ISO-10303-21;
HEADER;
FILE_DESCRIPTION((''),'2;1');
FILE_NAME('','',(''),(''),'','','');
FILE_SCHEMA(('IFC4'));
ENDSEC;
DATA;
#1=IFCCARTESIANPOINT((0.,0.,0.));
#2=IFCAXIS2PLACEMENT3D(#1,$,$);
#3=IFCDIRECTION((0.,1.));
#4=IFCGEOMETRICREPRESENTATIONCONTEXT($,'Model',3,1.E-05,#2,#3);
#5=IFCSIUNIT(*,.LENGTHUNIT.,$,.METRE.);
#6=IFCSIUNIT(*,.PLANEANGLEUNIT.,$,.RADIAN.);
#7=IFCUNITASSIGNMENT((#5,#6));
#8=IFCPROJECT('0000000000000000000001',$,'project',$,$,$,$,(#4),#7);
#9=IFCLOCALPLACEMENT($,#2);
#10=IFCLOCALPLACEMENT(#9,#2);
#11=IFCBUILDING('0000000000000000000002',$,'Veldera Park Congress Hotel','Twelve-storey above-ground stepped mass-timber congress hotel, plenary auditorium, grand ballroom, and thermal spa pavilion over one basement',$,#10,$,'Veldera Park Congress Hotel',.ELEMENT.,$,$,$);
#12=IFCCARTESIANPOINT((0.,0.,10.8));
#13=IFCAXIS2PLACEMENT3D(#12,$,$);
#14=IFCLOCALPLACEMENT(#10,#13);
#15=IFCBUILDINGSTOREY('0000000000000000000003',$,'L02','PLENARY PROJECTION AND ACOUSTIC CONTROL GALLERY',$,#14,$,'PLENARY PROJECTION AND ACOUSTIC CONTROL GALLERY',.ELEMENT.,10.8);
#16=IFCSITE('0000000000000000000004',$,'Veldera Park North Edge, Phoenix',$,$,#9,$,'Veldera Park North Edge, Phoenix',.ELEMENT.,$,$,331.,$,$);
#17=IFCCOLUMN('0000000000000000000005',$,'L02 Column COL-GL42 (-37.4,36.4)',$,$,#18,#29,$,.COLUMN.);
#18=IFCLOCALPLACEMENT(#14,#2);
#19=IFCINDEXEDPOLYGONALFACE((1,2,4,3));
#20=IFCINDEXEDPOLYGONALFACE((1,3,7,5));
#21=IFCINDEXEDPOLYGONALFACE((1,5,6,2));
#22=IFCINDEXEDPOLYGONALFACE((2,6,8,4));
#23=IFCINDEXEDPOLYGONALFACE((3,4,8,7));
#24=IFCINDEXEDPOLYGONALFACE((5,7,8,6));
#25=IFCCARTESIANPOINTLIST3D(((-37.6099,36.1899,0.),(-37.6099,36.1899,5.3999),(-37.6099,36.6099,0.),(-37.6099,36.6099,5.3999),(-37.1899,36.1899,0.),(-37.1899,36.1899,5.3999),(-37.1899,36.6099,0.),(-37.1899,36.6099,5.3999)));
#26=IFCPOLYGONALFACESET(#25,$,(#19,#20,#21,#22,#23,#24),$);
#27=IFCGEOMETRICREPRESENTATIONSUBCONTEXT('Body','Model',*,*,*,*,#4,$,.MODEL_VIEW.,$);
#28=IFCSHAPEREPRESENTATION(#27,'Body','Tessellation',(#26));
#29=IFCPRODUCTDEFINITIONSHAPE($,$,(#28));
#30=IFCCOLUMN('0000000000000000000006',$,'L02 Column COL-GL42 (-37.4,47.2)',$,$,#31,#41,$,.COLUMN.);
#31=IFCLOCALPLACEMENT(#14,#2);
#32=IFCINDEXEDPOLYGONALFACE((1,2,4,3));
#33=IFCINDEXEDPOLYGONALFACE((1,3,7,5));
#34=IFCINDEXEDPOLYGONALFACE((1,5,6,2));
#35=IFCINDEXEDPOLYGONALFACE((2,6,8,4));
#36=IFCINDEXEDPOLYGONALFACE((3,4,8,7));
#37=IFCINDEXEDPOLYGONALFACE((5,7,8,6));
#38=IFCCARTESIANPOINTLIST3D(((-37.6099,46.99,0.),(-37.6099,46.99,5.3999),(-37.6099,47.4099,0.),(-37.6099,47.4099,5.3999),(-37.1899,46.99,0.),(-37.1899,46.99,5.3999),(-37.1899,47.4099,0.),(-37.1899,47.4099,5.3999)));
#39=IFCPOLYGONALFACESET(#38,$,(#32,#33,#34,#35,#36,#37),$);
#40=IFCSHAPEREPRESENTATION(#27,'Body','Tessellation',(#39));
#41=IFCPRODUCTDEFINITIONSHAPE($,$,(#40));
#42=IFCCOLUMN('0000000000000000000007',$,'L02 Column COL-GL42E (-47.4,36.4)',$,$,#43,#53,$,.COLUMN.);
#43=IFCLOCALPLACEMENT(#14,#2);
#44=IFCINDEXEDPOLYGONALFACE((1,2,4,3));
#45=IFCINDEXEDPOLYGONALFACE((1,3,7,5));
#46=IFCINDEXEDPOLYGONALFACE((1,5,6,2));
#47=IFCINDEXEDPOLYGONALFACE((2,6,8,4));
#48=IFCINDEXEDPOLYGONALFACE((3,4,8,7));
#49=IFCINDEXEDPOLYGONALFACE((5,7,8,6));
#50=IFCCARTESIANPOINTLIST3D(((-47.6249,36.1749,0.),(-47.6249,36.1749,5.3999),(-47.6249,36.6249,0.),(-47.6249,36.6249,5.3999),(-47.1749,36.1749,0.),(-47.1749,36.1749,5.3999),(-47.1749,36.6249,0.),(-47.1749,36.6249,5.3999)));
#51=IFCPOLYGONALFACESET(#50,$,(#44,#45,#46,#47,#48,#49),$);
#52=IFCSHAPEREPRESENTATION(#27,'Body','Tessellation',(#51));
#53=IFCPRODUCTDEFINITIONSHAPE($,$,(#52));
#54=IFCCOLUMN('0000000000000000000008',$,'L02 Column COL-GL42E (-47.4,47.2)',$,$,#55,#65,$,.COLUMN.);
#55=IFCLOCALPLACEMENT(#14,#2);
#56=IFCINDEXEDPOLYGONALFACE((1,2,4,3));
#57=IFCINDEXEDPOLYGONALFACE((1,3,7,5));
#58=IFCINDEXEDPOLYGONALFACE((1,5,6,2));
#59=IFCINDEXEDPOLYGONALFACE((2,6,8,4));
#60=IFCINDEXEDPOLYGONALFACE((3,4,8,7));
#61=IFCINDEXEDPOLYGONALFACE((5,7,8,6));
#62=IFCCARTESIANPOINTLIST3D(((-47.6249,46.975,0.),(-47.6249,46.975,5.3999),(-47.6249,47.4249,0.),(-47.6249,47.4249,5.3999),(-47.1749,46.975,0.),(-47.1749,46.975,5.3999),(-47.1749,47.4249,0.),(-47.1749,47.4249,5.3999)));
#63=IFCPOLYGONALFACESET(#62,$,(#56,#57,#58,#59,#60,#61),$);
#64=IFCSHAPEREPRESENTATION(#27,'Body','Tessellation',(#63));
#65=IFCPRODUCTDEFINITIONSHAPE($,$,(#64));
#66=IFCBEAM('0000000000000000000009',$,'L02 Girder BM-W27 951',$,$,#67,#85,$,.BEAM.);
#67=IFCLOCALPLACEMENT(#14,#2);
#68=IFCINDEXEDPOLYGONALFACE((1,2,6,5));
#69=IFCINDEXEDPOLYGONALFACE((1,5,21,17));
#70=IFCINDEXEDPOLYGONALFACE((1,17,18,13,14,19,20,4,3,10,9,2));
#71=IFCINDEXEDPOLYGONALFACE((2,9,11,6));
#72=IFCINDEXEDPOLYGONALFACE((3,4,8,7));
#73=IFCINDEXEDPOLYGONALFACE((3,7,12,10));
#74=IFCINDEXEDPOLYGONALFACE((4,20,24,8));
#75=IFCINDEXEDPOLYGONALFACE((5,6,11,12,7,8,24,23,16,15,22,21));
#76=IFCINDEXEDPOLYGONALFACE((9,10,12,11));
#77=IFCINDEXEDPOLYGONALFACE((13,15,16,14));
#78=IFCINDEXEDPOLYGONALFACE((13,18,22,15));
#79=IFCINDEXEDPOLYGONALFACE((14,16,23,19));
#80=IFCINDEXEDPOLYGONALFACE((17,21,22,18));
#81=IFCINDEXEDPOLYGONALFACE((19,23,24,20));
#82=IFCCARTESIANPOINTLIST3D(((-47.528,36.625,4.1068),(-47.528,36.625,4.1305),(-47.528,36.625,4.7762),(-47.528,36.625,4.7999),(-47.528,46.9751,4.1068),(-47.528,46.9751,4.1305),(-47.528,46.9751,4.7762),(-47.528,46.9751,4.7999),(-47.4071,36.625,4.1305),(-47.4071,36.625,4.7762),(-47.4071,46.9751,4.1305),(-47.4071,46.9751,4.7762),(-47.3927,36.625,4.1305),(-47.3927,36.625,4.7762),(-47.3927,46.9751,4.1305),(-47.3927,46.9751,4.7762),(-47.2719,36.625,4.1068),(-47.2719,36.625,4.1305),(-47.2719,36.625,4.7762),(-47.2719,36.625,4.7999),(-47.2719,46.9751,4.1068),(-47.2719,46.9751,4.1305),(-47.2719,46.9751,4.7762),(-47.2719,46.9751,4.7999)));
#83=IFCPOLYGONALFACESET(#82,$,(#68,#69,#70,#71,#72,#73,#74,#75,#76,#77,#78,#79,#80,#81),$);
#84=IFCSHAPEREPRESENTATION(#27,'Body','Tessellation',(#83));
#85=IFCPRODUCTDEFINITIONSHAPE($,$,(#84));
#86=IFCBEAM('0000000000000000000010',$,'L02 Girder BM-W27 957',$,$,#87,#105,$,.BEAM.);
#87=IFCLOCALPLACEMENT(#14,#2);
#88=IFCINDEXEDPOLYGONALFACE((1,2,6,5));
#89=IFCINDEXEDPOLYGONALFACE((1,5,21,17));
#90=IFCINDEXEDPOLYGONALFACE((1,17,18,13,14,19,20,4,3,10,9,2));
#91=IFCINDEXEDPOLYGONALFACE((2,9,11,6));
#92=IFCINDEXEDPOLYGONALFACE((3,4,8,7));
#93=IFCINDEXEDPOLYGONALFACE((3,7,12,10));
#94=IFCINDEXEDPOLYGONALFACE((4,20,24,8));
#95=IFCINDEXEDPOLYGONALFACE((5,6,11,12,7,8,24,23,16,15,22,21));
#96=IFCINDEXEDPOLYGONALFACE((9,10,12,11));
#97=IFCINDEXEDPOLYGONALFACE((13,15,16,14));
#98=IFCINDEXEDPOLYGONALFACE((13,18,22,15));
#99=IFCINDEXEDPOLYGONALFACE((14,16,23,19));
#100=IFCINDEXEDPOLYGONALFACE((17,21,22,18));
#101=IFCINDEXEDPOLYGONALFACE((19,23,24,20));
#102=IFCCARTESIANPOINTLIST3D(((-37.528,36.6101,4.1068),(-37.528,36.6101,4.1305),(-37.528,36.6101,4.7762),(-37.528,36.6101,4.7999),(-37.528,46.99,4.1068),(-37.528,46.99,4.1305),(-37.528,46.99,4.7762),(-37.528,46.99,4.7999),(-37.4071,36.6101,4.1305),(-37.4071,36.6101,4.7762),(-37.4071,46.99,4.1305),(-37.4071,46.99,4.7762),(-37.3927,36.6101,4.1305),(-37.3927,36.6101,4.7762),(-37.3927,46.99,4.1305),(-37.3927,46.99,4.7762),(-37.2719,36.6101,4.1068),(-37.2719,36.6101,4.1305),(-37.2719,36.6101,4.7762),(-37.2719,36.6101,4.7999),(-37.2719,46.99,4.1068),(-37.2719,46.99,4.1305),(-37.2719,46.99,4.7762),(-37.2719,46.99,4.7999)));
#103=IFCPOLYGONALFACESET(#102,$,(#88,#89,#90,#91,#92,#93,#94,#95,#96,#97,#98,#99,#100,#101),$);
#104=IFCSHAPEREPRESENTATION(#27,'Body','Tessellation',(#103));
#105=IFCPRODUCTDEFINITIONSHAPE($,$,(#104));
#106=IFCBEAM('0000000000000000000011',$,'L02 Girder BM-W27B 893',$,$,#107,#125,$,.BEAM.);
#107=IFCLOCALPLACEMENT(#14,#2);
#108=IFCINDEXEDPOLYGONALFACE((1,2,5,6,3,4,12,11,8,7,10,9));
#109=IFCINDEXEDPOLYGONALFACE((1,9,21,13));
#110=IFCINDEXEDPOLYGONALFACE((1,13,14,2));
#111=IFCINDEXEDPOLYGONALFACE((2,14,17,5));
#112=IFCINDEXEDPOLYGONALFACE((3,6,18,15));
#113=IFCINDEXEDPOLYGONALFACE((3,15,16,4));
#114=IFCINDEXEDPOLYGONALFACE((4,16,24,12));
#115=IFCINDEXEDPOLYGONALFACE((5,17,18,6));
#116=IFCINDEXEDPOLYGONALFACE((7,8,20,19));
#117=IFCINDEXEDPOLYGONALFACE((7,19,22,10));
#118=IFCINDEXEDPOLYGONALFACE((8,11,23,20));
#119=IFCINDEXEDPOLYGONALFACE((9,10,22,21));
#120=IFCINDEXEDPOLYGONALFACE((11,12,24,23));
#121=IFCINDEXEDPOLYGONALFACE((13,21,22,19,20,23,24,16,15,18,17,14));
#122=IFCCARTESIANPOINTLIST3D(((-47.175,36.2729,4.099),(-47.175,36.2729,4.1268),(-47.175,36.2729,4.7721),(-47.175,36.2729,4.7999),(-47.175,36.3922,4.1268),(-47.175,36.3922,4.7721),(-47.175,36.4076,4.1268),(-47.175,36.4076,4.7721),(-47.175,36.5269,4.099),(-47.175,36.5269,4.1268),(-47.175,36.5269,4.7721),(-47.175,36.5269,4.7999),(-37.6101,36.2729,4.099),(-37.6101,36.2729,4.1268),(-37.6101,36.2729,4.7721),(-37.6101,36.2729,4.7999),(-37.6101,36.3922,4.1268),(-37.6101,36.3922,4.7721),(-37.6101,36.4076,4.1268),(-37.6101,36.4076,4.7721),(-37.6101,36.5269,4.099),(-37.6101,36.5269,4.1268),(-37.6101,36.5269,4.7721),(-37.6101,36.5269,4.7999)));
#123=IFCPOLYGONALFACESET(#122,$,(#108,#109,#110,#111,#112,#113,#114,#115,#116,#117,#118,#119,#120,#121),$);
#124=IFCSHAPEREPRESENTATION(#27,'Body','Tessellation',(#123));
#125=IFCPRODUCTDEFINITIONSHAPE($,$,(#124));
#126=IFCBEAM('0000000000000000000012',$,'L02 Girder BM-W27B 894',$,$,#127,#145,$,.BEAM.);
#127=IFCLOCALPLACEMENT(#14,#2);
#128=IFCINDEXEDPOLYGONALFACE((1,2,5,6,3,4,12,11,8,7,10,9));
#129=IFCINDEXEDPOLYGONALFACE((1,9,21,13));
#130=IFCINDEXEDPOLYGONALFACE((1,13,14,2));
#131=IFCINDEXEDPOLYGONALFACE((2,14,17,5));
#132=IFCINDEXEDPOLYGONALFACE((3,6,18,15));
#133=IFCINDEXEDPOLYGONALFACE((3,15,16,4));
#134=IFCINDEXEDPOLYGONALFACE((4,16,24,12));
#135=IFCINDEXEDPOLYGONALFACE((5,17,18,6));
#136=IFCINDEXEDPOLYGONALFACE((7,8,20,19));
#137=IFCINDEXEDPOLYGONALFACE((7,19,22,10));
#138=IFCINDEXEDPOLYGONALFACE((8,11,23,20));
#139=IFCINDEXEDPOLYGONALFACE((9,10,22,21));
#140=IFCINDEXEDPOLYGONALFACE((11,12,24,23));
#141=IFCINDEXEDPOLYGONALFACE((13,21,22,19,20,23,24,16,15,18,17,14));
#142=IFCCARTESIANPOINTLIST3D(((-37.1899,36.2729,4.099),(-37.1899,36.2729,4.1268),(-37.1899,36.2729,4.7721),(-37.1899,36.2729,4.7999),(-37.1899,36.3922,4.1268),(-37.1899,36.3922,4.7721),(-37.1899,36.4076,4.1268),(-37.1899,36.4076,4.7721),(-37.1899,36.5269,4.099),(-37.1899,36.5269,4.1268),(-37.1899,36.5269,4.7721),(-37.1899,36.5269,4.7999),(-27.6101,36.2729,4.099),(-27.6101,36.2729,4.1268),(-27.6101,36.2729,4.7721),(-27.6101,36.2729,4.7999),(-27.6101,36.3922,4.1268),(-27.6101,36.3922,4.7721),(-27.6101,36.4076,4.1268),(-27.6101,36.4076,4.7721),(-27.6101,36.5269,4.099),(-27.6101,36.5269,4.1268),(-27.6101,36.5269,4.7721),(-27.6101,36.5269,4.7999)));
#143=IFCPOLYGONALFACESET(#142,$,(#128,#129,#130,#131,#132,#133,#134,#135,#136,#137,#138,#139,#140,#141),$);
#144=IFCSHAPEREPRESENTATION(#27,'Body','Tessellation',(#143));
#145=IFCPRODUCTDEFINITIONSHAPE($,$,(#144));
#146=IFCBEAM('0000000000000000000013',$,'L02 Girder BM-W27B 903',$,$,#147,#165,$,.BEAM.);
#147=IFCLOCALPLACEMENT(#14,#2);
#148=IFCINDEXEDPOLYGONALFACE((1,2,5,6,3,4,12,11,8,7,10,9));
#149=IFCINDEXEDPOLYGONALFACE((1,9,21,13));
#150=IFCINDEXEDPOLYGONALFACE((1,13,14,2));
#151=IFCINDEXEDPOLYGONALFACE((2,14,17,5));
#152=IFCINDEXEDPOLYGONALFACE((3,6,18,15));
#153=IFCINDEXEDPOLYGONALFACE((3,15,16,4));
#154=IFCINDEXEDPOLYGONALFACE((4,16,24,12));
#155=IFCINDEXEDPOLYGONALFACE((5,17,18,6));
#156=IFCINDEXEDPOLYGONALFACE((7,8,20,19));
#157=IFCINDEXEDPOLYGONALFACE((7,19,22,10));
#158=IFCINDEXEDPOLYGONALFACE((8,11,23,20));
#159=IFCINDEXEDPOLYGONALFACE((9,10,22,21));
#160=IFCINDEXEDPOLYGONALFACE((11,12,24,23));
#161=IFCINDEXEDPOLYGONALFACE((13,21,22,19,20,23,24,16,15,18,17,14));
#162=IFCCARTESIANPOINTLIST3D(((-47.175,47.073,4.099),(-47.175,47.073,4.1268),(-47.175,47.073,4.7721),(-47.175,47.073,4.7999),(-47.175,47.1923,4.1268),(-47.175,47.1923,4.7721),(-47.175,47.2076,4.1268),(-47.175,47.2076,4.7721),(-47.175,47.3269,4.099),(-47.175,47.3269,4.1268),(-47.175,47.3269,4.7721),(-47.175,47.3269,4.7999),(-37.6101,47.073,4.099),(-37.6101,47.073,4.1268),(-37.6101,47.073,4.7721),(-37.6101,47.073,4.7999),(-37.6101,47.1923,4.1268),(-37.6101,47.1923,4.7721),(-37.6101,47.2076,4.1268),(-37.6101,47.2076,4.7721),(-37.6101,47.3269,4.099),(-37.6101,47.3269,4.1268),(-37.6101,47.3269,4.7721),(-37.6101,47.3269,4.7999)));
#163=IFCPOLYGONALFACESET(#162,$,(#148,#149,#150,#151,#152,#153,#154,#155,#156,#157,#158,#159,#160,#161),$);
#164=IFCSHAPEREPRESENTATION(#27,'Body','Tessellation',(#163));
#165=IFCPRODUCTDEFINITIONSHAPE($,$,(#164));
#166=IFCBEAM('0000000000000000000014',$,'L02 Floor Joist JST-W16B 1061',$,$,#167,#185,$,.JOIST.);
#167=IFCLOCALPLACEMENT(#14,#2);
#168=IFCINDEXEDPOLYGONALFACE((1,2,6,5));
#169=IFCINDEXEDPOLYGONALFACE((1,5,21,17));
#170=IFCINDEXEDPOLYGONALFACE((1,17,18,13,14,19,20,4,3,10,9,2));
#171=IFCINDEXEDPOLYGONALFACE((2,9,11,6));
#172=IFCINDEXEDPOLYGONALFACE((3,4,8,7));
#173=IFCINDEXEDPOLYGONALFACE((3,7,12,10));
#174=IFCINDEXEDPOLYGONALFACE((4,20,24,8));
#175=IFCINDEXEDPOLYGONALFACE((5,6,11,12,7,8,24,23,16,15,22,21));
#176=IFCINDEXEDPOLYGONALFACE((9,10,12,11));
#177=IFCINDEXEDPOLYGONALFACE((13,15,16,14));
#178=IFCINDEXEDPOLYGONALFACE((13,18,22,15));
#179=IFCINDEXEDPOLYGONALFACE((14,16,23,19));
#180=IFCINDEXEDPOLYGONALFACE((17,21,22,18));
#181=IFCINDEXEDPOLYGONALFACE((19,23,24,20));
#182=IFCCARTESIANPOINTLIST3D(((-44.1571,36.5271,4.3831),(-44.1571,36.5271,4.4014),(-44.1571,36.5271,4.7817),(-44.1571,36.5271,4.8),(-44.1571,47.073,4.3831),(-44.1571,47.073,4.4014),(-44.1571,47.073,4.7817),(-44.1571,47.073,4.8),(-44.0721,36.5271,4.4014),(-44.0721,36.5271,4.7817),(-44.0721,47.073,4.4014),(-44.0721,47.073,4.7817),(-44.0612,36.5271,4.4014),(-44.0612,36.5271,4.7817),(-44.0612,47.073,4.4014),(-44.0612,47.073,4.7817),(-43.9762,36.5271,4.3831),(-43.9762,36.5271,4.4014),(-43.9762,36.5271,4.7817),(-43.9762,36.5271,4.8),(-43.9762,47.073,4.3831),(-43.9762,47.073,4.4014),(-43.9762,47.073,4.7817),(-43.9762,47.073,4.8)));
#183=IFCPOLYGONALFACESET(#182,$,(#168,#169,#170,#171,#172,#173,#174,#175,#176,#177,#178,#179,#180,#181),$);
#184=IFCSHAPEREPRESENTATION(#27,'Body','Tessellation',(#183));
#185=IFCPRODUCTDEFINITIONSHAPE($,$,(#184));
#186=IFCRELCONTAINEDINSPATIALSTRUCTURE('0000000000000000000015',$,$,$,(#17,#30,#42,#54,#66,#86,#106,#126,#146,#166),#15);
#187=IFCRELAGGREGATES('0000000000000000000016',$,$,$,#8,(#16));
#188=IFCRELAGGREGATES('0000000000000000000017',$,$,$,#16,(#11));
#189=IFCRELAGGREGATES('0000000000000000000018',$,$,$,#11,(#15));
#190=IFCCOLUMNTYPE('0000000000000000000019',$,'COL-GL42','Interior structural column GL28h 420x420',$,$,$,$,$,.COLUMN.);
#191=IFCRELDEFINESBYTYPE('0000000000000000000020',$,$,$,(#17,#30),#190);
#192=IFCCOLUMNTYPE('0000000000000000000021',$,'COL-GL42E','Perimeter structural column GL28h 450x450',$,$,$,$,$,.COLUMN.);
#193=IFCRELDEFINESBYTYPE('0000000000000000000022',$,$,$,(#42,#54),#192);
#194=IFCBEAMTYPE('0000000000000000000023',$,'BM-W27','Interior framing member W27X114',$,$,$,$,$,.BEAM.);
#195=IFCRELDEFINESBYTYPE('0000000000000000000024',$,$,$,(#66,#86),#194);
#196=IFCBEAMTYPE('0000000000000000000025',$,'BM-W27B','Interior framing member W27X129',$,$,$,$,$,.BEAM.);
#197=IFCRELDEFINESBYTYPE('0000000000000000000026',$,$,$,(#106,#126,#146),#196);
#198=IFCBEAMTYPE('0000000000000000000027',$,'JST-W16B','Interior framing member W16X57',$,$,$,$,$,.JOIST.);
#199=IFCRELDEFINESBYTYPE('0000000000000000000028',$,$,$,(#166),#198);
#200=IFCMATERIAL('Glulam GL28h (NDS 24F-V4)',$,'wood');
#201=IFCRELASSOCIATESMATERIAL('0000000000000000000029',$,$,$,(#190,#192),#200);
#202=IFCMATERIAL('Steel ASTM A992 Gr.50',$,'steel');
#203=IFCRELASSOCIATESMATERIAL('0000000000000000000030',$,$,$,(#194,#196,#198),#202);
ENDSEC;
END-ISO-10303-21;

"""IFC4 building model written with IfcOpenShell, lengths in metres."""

from ifc_helpers import new_model, si_unit, direction, frame, origin, origin_2d, place, context, subcontext, project, spatial, rectangle, i_section, extrude, material, material_profile, profile_set, type_object, element, save


model = new_model("IFC4")

# Units and contexts
model_context = context("Model", 3, precision=1e-05, world=origin(), true_north=direction((0.0, 1.0)))
body_context = subcontext(model_context, "Body", "Model", "MODEL_VIEW")
ifc_project = project(units=[si_unit("LENGTHUNIT", "METRE"), si_unit("PLANEANGLEUNIT", "RADIAN")], contexts=[model_context])

# Site, building, storey
site_placement = place(None, origin())
site = spatial("IfcSite", under=ifc_project, at=site_placement, Name="Veldera Park North Edge, Phoenix", LongName="Veldera Park North Edge, Phoenix", CompositionType="ELEMENT", RefElevation=331.0)
building_placement = place(site_placement, origin())
building = spatial("IfcBuilding", under=site, at=building_placement, Name="Veldera Park Congress Hotel", Description="Twelve-storey above-ground stepped mass-timber congress hotel, plenary auditorium, grand ballroom, and thermal spa pavilion over one basement", LongName="Veldera Park Congress Hotel", CompositionType="ELEMENT")
storey_placement = place(building_placement, frame((0.0, 0.0, 10.8)))
storey = spatial("IfcBuildingStorey", under=building, at=storey_placement, Name="L02", Description="PLENARY PROJECTION AND ACOUSTIC CONTROL GALLERY", LongName="PLENARY PROJECTION AND ACOUSTIC CONTROL GALLERY", CompositionType="ELEMENT", Elevation=10.8)

# Columns
ifc_material_1 = material(Name="Glulam GL28h (NDS 24F-V4)", Category="wood")
ifc_material_profile_1 = material_profile(ifc_material_1, rectangle(XDim=0.4199, YDim=0.4199, at=origin_2d()), Name="GL28h 420x420")
ifc_profile_set_1 = profile_set([ifc_material_profile_1], Name="Glulam GL28h (NDS 24F-V4)")
column_type_1 = type_object("IfcColumnType", Name="COL-GL42", Description="Interior structural column GL28h 420x420", PredefinedType="COLUMN", material=ifc_profile_set_1)
for number, where, z_axis, x_axis, name in (
    (1, (-37.3999, 36.3999, 0.0), (0.0, 0.0, 1.0), (1.0, 0.0, 0.0), "L02 Column COL-GL42 (-37.4,36.4)"),
    (2, (-37.3999, 47.2, 0.0), (0.0, 0.0, 1.0), (1.0, 0.0, 0.0), "L02 Column COL-GL42 (-37.4,47.2)"),
):
    element("IfcColumn", number, at=place(storey_placement, frame(where, z_axis=z_axis, x_axis=x_axis)), inside=storey, type_object=column_type_1, Name=name, PredefinedType="COLUMN", context=body_context, shape_type="SweptSolid", body=[
        extrude(rectangle(XDim=0.4199, YDim=0.4199, at=origin_2d()), origin(), (0.0, 0.0, 1.0), 5.3999),
    ])
ifc_material_profile_2 = material_profile(ifc_material_1, rectangle(XDim=0.45, YDim=0.45, at=origin_2d()), Name="GL28h 450x450")
ifc_profile_set_2 = profile_set([ifc_material_profile_2], Name="Glulam GL28h (NDS 24F-V4)")
column_type_2 = type_object("IfcColumnType", Name="COL-GL42E", Description="Perimeter structural column GL28h 450x450", PredefinedType="COLUMN", material=ifc_profile_set_2)
for number, where, z_axis, x_axis, name in (
    (3, (-47.3999, 36.3999, 0.0), (0.0, 0.0, 1.0), (1.0, 0.0, 0.0), "L02 Column COL-GL42E (-47.4,36.4)"),
    (4, (-47.3999, 47.2, 0.0), (0.0, 0.0, 1.0), (1.0, 0.0, 0.0), "L02 Column COL-GL42E (-47.4,47.2)"),
):
    element("IfcColumn", number, at=place(storey_placement, frame(where, z_axis=z_axis, x_axis=x_axis)), inside=storey, type_object=column_type_2, Name=name, PredefinedType="COLUMN", context=body_context, shape_type="SweptSolid", body=[
        extrude(rectangle(XDim=0.45, YDim=0.45, at=origin_2d()), origin(), (0.0, 0.0, 1.0), 5.3999),
    ])

# Beams
ifc_material_2 = material(Name="Steel ASTM A992 Gr.50", Category="steel")
ifc_material_profile_3 = material_profile(ifc_material_2, i_section(OverallWidth=0.2561, OverallDepth=0.6931, WebThickness=0.0144, FlangeThickness=0.0237, at=origin_2d()), Name="W27X114")
ifc_profile_set_3 = profile_set([ifc_material_profile_3], Name="Steel ASTM A992 Gr.50")
beam_type_1 = type_object("IfcBeamType", Name="BM-W27", Description="Interior framing member W27X114", PredefinedType="BEAM", material=ifc_profile_set_3)
beam_1_placement = place(storey_placement, frame((-47.3999, 36.625, 4.4534), z_axis=(0.0, 1.0, 0.0), x_axis=(-1.0, 0.0, 0.0)))
element("IfcBeam", 5, at=beam_1_placement, inside=storey, type_object=beam_type_1, Name="L02 Girder BM-W27 951", PredefinedType="BEAM", context=body_context, shape_type="SweptSolid", body=[
    extrude(i_section(OverallWidth=0.2561, OverallDepth=0.6931, WebThickness=0.0144, FlangeThickness=0.0237, at=origin_2d()), origin(), (0.0, 0.0, 1.0), 10.3501),
])
beam_2_placement = place(storey_placement, frame((-37.3999, 36.6101, 4.4534), z_axis=(0.0, 1.0, 0.0), x_axis=(-1.0, 0.0, 0.0)))
element("IfcBeam", 6, at=beam_2_placement, inside=storey, type_object=beam_type_1, Name="L02 Girder BM-W27 957", PredefinedType="BEAM", context=body_context, shape_type="SweptSolid", body=[
    extrude(i_section(OverallWidth=0.2561, OverallDepth=0.6931, WebThickness=0.0144, FlangeThickness=0.0237, at=origin_2d()), origin(), (0.0, 0.0, 1.0), 10.3799),
])
ifc_material_profile_4 = material_profile(ifc_material_2, i_section(OverallWidth=0.2539, OverallDepth=0.7009, WebThickness=0.0154, FlangeThickness=0.0278, at=origin_2d()), Name="W27X129")
ifc_profile_set_4 = profile_set([ifc_material_profile_4], Name="Steel ASTM A992 Gr.50")
beam_type_2 = type_object("IfcBeamType", Name="BM-W27B", Description="Interior framing member W27X129", PredefinedType="BEAM", material=ifc_profile_set_4)
beam_3_placement = place(storey_placement, frame((-47.175, 36.3999, 4.4495), z_axis=(1.0, 0.0, 0.0), x_axis=(0.0, 1.0, 0.0)))
element("IfcBeam", 7, at=beam_3_placement, inside=storey, type_object=beam_type_2, Name="L02 Girder BM-W27B 893", PredefinedType="BEAM", context=body_context, shape_type="SweptSolid", body=[
    extrude(i_section(OverallWidth=0.2539, OverallDepth=0.7009, WebThickness=0.0154, FlangeThickness=0.0278, at=origin_2d()), origin(), (0.0, 0.0, 1.0), 9.5649),
])
beam_4_placement = place(storey_placement, frame((-37.1899, 36.3999, 4.4495), z_axis=(1.0, 0.0, 0.0), x_axis=(0.0, 1.0, 0.0)))
element("IfcBeam", 8, at=beam_4_placement, inside=storey, type_object=beam_type_2, Name="L02 Girder BM-W27B 894", PredefinedType="BEAM", context=body_context, shape_type="SweptSolid", body=[
    extrude(i_section(OverallWidth=0.2539, OverallDepth=0.7009, WebThickness=0.0154, FlangeThickness=0.0278, at=origin_2d()), origin(), (0.0, 0.0, 1.0), 9.5798),
])
beam_5_placement = place(storey_placement, frame((-47.175, 47.2, 4.4495), z_axis=(1.0, 0.0, 0.0), x_axis=(0.0, 1.0, 0.0)))
element("IfcBeam", 9, at=beam_5_placement, inside=storey, type_object=beam_type_2, Name="L02 Girder BM-W27B 903", PredefinedType="BEAM", context=body_context, shape_type="SweptSolid", body=[
    extrude(i_section(OverallWidth=0.2539, OverallDepth=0.7009, WebThickness=0.0154, FlangeThickness=0.0278, at=origin_2d()), origin(), (0.0, 0.0, 1.0), 9.5649),
])
ifc_material_profile_5 = material_profile(ifc_material_2, i_section(OverallWidth=0.1809, OverallDepth=0.417, WebThickness=0.011, FlangeThickness=0.0183, at=origin_2d()), Name="W16X57")
ifc_profile_set_5 = profile_set([ifc_material_profile_5], Name="Steel ASTM A992 Gr.50")
beam_type_3 = type_object("IfcBeamType", Name="JST-W16B", Description="Interior framing member W16X57", PredefinedType="JOIST", material=ifc_profile_set_5)
for number, where, z_axis, x_axis, name in (
    (10, (-44.0667, 36.5271, 4.5916), (0.0, 1.0, 0.0), (-1.0, 0.0, 0.0), "L02 Floor Joist JST-W16B 1061"),
):
    element("IfcBeam", number, at=place(storey_placement, frame(where, z_axis=z_axis, x_axis=x_axis)), inside=storey, type_object=beam_type_3, Name=name, PredefinedType="JOIST", context=body_context, shape_type="SweptSolid", body=[
        extrude(i_section(OverallWidth=0.1809, OverallDepth=0.417, WebThickness=0.011, FlangeThickness=0.0183, at=origin_2d()), origin(), (0.0, 0.0, 1.0), 10.5459),
    ])

save(model, "model.ifc")
